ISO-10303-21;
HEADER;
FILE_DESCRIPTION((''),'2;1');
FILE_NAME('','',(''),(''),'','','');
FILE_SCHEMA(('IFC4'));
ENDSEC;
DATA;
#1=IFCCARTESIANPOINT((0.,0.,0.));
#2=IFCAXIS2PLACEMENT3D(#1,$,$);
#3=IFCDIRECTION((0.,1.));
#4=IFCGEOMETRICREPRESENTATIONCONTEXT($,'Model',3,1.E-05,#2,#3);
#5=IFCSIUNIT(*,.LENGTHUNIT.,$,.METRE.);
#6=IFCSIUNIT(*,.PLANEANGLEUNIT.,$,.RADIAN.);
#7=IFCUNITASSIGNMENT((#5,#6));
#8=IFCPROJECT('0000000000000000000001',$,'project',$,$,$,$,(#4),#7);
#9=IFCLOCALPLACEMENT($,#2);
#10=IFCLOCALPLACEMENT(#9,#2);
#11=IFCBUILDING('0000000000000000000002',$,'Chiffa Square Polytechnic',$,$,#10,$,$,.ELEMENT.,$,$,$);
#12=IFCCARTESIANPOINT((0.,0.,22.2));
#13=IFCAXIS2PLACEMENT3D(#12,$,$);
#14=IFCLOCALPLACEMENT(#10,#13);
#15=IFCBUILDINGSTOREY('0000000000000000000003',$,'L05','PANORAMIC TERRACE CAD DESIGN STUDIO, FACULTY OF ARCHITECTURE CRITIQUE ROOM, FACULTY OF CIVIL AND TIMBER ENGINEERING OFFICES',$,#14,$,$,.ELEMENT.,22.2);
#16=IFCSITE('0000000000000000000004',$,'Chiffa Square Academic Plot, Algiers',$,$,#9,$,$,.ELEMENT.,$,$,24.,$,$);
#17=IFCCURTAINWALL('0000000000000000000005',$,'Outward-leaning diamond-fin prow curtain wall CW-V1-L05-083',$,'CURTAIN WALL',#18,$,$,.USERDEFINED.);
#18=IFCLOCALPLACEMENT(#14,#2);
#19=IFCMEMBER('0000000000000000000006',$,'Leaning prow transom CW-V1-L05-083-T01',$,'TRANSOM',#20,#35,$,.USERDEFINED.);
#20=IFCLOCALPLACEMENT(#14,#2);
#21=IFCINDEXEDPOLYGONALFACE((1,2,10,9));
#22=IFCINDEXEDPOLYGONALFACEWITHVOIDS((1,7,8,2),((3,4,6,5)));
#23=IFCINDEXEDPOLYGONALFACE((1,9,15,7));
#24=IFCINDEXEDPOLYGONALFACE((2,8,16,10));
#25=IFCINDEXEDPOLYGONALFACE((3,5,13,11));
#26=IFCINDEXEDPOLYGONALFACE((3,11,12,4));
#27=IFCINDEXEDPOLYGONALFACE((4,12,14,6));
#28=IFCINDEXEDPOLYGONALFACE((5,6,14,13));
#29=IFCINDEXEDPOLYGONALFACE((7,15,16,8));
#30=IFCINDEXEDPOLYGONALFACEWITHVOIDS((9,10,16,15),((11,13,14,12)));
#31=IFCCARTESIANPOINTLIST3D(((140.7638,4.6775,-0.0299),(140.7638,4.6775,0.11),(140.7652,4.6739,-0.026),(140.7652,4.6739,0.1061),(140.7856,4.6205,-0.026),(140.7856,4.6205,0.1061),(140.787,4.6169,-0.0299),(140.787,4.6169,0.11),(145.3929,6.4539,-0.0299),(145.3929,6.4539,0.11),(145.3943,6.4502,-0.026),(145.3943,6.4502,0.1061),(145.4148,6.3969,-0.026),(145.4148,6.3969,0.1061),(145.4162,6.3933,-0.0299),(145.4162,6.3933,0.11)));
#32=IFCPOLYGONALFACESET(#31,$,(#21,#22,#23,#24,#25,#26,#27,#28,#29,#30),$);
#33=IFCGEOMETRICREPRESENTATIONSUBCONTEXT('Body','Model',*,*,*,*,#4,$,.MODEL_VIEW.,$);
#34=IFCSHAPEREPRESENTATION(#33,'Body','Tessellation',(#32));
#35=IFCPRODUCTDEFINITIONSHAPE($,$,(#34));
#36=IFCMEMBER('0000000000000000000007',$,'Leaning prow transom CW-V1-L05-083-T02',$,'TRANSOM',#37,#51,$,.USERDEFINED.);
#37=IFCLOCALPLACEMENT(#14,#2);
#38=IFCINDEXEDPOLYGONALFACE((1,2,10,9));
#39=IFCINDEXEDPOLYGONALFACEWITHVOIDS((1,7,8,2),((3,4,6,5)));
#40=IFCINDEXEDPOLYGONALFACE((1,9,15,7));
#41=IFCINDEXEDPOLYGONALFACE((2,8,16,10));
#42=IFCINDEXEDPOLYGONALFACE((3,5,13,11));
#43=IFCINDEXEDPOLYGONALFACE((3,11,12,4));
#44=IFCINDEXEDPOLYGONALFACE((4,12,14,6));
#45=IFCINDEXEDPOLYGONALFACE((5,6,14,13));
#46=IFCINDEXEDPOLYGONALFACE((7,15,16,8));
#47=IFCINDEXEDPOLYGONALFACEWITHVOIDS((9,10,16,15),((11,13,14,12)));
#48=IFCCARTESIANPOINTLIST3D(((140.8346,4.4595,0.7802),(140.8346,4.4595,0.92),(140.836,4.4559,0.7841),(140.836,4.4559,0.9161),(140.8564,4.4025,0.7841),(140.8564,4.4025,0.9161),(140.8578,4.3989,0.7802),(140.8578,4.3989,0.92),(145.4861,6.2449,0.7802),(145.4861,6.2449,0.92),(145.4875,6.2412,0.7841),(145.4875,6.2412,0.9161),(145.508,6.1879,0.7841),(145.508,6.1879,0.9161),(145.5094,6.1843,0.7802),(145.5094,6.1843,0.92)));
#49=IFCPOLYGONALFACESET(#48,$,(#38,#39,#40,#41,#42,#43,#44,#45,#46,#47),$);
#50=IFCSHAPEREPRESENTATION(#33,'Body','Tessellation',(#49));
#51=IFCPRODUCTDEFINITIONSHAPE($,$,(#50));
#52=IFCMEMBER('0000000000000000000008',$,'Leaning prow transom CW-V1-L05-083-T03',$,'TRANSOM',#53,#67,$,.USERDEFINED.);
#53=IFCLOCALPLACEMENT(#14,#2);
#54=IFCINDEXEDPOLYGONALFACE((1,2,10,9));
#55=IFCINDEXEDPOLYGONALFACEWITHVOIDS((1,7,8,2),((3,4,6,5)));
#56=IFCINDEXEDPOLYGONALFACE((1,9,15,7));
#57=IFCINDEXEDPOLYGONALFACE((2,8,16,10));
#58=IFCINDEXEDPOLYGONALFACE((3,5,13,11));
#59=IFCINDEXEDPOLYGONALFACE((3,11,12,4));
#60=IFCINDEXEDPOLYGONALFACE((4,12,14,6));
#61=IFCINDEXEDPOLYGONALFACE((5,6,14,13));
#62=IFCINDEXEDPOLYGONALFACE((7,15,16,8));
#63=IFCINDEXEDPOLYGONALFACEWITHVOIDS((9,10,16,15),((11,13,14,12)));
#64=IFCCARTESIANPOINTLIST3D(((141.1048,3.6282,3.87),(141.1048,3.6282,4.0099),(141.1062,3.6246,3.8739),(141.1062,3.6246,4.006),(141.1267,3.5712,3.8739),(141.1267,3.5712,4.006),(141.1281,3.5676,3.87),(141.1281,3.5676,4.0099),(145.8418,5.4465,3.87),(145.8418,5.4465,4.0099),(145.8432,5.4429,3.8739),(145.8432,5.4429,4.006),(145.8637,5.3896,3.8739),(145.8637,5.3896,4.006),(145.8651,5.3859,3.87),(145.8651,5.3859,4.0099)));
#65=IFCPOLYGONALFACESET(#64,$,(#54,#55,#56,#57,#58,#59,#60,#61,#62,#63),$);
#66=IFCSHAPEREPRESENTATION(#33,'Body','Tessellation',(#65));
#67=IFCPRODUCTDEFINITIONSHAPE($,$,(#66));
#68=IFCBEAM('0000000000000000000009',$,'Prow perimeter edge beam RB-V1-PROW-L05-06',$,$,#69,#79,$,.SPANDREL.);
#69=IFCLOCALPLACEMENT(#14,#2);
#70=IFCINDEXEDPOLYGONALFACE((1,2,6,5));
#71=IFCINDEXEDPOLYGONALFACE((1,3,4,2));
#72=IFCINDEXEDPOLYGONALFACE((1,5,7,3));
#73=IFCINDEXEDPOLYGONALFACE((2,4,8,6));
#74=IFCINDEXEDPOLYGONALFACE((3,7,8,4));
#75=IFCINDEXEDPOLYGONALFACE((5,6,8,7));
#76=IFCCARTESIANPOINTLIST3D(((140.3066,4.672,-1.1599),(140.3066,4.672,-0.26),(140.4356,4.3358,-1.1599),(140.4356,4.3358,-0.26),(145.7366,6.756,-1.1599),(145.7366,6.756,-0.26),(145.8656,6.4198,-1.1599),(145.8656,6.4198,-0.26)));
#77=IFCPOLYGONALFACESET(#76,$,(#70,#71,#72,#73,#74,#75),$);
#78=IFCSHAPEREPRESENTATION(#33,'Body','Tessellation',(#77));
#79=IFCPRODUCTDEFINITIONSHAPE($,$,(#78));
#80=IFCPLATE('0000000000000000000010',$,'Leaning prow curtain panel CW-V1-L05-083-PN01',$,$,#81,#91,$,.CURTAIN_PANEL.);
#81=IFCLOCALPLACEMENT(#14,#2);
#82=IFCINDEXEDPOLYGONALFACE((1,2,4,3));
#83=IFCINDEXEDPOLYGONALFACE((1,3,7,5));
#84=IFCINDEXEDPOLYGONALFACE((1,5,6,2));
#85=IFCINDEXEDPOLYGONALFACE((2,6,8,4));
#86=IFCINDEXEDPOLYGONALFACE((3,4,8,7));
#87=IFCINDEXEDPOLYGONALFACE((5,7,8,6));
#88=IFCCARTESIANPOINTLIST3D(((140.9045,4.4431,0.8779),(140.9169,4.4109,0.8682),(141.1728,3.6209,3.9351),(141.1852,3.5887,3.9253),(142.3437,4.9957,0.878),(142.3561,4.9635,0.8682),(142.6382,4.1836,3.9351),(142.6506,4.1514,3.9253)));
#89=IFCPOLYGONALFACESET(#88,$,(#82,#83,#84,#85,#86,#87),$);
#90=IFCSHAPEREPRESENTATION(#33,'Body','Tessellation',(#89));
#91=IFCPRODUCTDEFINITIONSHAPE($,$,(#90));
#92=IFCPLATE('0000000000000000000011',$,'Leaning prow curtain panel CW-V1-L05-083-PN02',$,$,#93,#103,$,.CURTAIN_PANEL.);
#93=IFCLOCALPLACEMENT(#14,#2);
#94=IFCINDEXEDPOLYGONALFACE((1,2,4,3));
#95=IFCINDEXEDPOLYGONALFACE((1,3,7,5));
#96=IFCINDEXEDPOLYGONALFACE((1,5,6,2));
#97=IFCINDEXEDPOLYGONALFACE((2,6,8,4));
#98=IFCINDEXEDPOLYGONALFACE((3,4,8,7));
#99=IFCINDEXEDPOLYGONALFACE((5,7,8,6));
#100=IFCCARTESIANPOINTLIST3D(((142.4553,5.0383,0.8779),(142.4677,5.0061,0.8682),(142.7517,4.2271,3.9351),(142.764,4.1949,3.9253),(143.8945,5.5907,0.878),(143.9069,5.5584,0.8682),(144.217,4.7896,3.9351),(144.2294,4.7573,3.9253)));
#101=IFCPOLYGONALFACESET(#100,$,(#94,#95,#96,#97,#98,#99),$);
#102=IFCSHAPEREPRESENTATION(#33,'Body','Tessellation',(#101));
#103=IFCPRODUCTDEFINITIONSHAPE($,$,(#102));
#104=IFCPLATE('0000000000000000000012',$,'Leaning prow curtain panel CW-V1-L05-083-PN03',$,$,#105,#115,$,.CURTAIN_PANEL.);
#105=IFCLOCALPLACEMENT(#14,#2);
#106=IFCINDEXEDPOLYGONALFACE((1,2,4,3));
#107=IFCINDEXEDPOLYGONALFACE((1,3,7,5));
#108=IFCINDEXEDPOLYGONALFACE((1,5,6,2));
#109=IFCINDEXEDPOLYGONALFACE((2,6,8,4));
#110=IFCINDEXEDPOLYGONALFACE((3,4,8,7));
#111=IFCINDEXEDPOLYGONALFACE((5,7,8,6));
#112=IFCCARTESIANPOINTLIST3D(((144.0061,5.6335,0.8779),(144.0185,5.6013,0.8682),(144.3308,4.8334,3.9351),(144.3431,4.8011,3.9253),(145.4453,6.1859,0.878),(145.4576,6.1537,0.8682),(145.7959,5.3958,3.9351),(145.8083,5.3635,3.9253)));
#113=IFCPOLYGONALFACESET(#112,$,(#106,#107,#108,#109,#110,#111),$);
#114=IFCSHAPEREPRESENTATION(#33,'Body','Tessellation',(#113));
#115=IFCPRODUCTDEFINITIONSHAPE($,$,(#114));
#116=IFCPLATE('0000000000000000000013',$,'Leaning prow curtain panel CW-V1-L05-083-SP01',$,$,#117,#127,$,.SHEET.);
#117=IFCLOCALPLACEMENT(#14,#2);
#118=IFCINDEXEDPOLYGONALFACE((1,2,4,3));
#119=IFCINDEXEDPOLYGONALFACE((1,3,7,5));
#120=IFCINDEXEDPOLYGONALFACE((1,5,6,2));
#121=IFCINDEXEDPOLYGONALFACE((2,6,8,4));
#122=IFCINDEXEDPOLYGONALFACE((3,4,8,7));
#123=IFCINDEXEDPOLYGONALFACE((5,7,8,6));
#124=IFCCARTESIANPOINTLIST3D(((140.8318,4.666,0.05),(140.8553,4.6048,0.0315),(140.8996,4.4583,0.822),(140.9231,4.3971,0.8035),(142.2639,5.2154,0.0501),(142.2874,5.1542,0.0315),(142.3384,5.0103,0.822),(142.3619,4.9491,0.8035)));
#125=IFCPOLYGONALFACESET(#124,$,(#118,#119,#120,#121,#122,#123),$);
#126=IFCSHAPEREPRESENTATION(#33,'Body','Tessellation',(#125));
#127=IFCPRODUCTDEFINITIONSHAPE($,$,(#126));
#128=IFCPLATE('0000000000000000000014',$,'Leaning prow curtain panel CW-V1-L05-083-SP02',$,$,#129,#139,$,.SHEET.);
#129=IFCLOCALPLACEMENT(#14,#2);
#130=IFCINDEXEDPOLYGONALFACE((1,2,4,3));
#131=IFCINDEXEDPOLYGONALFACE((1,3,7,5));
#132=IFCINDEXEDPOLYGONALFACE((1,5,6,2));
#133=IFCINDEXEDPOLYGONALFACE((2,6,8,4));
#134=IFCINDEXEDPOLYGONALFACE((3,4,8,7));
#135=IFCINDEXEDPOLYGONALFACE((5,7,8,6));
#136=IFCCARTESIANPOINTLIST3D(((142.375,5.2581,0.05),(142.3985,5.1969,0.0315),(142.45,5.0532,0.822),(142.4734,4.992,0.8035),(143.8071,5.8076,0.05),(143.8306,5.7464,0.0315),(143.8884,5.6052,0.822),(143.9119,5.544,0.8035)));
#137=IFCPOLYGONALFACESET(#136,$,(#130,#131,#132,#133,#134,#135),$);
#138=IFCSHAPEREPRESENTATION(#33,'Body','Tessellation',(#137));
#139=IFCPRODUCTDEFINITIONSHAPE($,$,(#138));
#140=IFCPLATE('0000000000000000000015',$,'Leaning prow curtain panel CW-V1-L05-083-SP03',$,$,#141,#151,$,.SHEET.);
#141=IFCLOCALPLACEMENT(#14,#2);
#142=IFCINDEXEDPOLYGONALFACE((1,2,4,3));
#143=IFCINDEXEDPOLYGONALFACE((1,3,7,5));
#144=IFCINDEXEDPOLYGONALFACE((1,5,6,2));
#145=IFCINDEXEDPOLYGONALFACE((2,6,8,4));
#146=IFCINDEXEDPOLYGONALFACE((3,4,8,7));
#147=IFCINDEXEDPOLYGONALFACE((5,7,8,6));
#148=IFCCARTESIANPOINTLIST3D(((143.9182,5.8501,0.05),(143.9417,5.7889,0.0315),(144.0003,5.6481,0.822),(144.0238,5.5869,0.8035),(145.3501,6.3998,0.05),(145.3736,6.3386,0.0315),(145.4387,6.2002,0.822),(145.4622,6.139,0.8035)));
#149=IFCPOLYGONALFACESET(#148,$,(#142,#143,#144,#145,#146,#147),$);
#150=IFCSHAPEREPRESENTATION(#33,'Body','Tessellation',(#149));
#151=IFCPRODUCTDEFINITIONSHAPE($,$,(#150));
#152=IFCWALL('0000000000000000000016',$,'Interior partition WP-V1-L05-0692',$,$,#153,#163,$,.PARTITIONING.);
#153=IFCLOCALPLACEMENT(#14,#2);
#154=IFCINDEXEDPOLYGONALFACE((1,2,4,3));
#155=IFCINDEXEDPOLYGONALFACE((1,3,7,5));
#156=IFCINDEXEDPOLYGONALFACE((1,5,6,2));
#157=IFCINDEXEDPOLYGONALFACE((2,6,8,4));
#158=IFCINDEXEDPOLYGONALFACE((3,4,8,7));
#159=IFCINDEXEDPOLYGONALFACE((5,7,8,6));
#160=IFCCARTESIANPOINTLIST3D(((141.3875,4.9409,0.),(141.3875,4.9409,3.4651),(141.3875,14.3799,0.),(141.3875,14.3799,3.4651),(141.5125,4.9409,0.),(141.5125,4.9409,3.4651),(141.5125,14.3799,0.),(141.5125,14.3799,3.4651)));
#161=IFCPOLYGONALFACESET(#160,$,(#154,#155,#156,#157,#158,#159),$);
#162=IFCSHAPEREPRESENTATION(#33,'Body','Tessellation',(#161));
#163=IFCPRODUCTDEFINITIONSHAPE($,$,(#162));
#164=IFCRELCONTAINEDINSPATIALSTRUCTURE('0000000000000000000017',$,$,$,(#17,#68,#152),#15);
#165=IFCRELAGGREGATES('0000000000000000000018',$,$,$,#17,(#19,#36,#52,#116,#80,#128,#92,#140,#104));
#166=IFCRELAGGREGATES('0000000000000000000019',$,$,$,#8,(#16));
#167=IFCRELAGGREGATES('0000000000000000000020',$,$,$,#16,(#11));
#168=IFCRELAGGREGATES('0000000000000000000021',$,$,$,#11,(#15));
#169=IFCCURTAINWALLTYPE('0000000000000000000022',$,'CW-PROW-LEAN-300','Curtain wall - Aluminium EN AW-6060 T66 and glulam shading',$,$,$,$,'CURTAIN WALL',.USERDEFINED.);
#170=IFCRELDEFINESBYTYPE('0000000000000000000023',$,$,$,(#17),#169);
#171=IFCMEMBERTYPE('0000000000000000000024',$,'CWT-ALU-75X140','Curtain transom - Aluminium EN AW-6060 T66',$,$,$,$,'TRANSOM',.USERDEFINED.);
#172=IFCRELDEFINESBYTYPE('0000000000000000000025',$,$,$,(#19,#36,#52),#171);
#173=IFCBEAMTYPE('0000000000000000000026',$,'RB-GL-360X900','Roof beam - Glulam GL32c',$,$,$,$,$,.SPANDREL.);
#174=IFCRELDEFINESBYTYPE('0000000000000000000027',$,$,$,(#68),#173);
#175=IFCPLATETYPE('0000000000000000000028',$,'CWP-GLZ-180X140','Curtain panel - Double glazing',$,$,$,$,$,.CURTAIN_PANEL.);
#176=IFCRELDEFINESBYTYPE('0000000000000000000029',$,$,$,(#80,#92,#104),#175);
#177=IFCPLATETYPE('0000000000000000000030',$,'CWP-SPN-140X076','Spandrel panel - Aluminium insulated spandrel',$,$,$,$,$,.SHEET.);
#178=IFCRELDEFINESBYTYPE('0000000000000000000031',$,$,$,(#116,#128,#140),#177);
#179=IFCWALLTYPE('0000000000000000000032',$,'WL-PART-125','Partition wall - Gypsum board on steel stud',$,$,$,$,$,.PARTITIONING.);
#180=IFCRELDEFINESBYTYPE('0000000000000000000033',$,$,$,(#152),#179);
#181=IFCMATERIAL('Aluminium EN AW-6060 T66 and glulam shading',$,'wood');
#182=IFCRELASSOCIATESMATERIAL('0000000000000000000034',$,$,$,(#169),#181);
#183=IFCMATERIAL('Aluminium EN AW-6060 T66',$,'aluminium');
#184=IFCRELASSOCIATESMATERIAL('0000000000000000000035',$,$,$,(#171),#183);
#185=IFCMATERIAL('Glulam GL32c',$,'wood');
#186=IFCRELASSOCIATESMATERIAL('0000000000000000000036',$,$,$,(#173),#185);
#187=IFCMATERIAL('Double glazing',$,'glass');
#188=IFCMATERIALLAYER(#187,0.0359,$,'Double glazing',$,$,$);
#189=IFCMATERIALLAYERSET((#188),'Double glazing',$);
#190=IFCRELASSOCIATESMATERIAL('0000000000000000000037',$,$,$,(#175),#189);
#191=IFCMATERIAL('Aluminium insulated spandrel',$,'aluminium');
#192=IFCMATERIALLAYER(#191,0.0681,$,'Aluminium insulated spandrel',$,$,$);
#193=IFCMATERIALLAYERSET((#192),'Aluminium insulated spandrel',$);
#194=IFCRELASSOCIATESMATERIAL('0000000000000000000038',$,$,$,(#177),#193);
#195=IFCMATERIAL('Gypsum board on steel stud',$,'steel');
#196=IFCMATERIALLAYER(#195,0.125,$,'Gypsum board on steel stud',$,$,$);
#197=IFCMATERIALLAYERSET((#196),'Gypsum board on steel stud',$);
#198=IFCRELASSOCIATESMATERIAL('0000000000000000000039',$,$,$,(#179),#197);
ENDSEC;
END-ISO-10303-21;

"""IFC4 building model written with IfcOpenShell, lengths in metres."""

from ifc_helpers import new_model, si_unit, direction, frame, frame_2d, origin, origin_2d, place, context, subcontext, project, spatial, polyline, rectangle, hollow_rectangle, outline, extrude, material, layer, layer_set, material_profile, profile_set, type_object, element, aggregate, save


model = new_model("IFC4")

# Units and contexts
model_context = context("Model", 3, precision=1e-05, world=origin(), true_north=direction((0.0, 1.0)))
body_context = subcontext(model_context, "Body", "Model", "MODEL_VIEW")
ifc_project = project(units=[si_unit("LENGTHUNIT", "METRE"), si_unit("PLANEANGLEUNIT", "RADIAN")], contexts=[model_context])

# Site, building, storey
site_placement = place(None, origin())
site = spatial("IfcSite", under=ifc_project, at=site_placement, Name="Chiffa Square Academic Plot, Algiers", CompositionType="ELEMENT", RefElevation=24.0)
building_placement = place(site_placement, origin())
building = spatial("IfcBuilding", under=site, at=building_placement, Name="Chiffa Square Polytechnic", CompositionType="ELEMENT")
storey_placement = place(building_placement, frame((0.0, 0.0, 22.2)))
storey = spatial("IfcBuildingStorey", under=building, at=storey_placement, Name="L05", Description="PANORAMIC TERRACE CAD DESIGN STUDIO, FACULTY OF ARCHITECTURE CRITIQUE ROOM, FACULTY OF CIVIL AND TIMBER ENGINEERING OFFICES", CompositionType="ELEMENT", Elevation=22.2)

# Shared definitions
ifc_material_1 = material(Name="Glulam GL32c", Category="wood")

# Curtain wall, members
ifc_material_2 = material(Name="Aluminium EN AW-6060 T66 and glulam shading", Category="wood")
curtain_wall_type = type_object("IfcCurtainWallType", Name="CW-PROW-LEAN-300", Description="Curtain wall - Aluminium EN AW-6060 T66 and glulam shading", ElementType="CURTAIN WALL", PredefinedType="USERDEFINED", material=ifc_material_2)
curtain_wall_placement = place(storey_placement, origin())
curtain_wall = element("IfcCurtainWall", 1, at=curtain_wall_placement, inside=storey, type_object=curtain_wall_type, Name="Outward-leaning diamond-fin prow curtain wall CW-V1-L05-083", ObjectType="CURTAIN WALL", PredefinedType="USERDEFINED")
ifc_material_3 = material(Name="Aluminium EN AW-6060 T66", Category="aluminium")
ifc_material_profile_1 = material_profile(ifc_material_3, hollow_rectangle(XDim=0.0649, YDim=0.1399, WallThickness=0.0039, at=origin_2d()), Name="ALU 65x140x4")
ifc_profile_set_1 = profile_set([ifc_material_profile_1], Name="Aluminium EN AW-6060 T66")
member_type_1 = type_object("IfcMemberType", Name="CWT-ALU-75X140", Description="Curtain transom - Aluminium EN AW-6060 T66", ElementType="TRANSOM", PredefinedType="USERDEFINED", material=ifc_profile_set_1)
member_1_placement = place(storey_placement, frame((140.7754, 4.6472, 0.04), z_axis=(0.933621, 0.358263, 0.0), x_axis=(-0.358263, 0.933621, 0.0)))
member_1 = element("IfcMember", 2, at=member_1_placement, type_object=member_type_1, Name="Leaning prow transom CW-V1-L05-083-T01", ObjectType="TRANSOM", PredefinedType="USERDEFINED", context=body_context, shape_type="SweptSolid", body=[
    extrude(hollow_rectangle(XDim=0.0649, YDim=0.1399, WallThickness=0.0039, at=origin_2d()), origin(), (0.0, 0.0, 1.0), 4.9583),
])
member_2_placement = place(storey_placement, frame((140.8462, 4.4292, 0.8501), z_axis=(0.933593, 0.358335, 0.0), x_axis=(-0.358335, 0.933593, 0.0)))
member_2 = element("IfcMember", 3, at=member_2_placement, type_object=member_type_1, Name="Leaning prow transom CW-V1-L05-083-T02", ObjectType="TRANSOM", PredefinedType="USERDEFINED", context=body_context, shape_type="SweptSolid", body=[
    extrude(hollow_rectangle(XDim=0.0649, YDim=0.1399, WallThickness=0.0039, at=origin_2d()), origin(), (0.0, 0.0, 1.0), 4.9824),
])
member_3_placement = place(storey_placement, frame((141.1165, 3.5979, 3.9399), z_axis=(0.933582, 0.358363, 0.0), x_axis=(-0.358363, 0.933582, 0.0)))
member_3 = element("IfcMember", 4, at=member_3_placement, type_object=member_type_1, Name="Leaning prow transom CW-V1-L05-083-T03", ObjectType="TRANSOM", PredefinedType="USERDEFINED", context=body_context, shape_type="SweptSolid", body=[
    extrude(hollow_rectangle(XDim=0.0649, YDim=0.1399, WallThickness=0.0039, at=origin_2d()), origin(), (0.0, 0.0, 1.0), 5.074),
])

# Beam
ifc_material_profile_2 = material_profile(ifc_material_1, rectangle(XDim=0.3601, YDim=0.8999, at=origin_2d()), Name="GL32c 360x900")
ifc_profile_set_2 = profile_set([ifc_material_profile_2], Name="Glulam GL32c")
beam_type = type_object("IfcBeamType", Name="RB-GL-360X900", Description="Roof beam - Glulam GL32c", PredefinedType="SPANDREL", material=ifc_profile_set_2)
beam_placement = place(storey_placement, frame((140.3711, 4.5039, -0.71), z_axis=(0.933602, 0.358312, 0.0), x_axis=(-0.358312, 0.933602, 0.0)))
element("IfcBeam", 5, at=beam_placement, inside=storey, type_object=beam_type, Name="Prow perimeter edge beam RB-V1-PROW-L05-06", PredefinedType="SPANDREL", context=body_context, shape_type="SweptSolid", body=[
    extrude(rectangle(XDim=0.3601, YDim=0.8999, at=origin_2d()), origin(), (0.0, 0.0, 1.0), 5.8162),
])

# Plates
ifc_material_4 = material(Name="Double glazing", Category="glass")
ifc_layer_1 = layer(ifc_material_4, 0.0359, Name="Double glazing")
ifc_layer_set_1 = layer_set([ifc_layer_1], Name="Double glazing")
plate_type_1 = type_object("IfcPlateType", Name="CWP-GLZ-180X140", Description="Curtain panel - Double glazing", PredefinedType="CURTAIN_PANEL", material=ifc_layer_set_1)
plate_1_placement = place(storey_placement, frame((140.9045, 4.4431, 0.8779), z_axis=(-0.344946, 0.898385, 0.271877), x_axis=(0.933552, 0.358443, 0.000018)))
plate_1 = element("IfcPlate", 6, at=plate_1_placement, type_object=plate_type_1, Name="Leaning prow curtain panel CW-V1-L05-083-PN01", PredefinedType="CURTAIN_PANEL", context=body_context, shape_type="SweptSolid", body=[
    extrude(outline(polyline([(0.0, 0.0), (1.5416, 0.0), (1.5255, -3.1768), (-0.0442, -3.1768), (0.0, 0.0)])), origin(), (0.0, 0.0, -1.0), 0.0359),
])
plate_2_placement = place(storey_placement, frame((142.4553, 5.0383, 0.8779), z_axis=(-0.34482, 0.89845, 0.271821), x_axis=(0.933604, 0.358306, 0.000018)))
plate_2 = element("IfcPlate", 7, at=plate_2_placement, type_object=plate_type_1, Name="Leaning prow curtain panel CW-V1-L05-083-PN02", PredefinedType="CURTAIN_PANEL", context=body_context, shape_type="SweptSolid", body=[
    extrude(outline(polyline([(0.0, 0.0), (1.5415, 0.0), (1.5557, -3.1767), (-0.0139, -3.1768), (0.0, 0.0)])), origin(), (0.0, 0.0, -1.0), 0.0359),
])
plate_3_placement = place(storey_placement, frame((144.0061, 5.6335, 0.8779), z_axis=(-0.34485, 0.898452, 0.271777), x_axis=(0.933595, 0.358331, 0.000025)))
plate_3 = element("IfcPlate", 8, at=plate_3_placement, type_object=plate_type_1, Name="Leaning prow curtain panel CW-V1-L05-083-PN03", PredefinedType="CURTAIN_PANEL", context=body_context, shape_type="SweptSolid", body=[
    extrude(outline(polyline([(0.0, 0.0), (1.5415, 0.0), (1.5858, -3.1767), (0.0165, -3.1767), (0.0, 0.0)])), origin(), (0.0, 0.0, -1.0), 0.0359),
])
ifc_material_5 = material(Name="Aluminium insulated spandrel", Category="aluminium")
ifc_layer_2 = layer(ifc_material_5, 0.0681, Name="Aluminium insulated spandrel")
ifc_layer_set_2 = layer_set([ifc_layer_2], Name="Aluminium insulated spandrel")
plate_type_2 = type_object("IfcPlateType", Name="CWP-SPN-140X076", Description="Spandrel panel - Aluminium insulated spandrel", PredefinedType="SHEET", material=ifc_layer_set_2)
plate_4_placement = place(storey_placement, frame((140.8318, 4.666, 0.05), z_axis=(-0.344665, 0.898451, 0.272015), x_axis=(0.933658, 0.358167, 0.000012)))
plate_4 = element("IfcPlate", 9, at=plate_4_placement, type_object=plate_type_2, Name="Leaning prow curtain panel CW-V1-L05-083-SP01", PredefinedType="SHEET", context=body_context, shape_type="SweptSolid", body=[
    extrude(outline(polyline([(0.0, 0.0), (1.5339, 0.0), (1.5299, -0.8022), (-0.011, -0.8022), (0.0, 0.0)])), origin(), (0.0, 0.0, -1.0), 0.0681),
])
plate_5_placement = place(storey_placement, frame((142.375, 5.2581, 0.05), z_axis=(-0.344772, 0.898455, 0.271865), x_axis=(0.93362, 0.358266, 0.0)))
plate_5 = element("IfcPlate", 10, at=plate_5_placement, type_object=plate_type_2, Name="Leaning prow curtain panel CW-V1-L05-083-SP02", PredefinedType="SHEET", context=body_context, shape_type="SweptSolid", body=[
    extrude(outline(polyline([(0.0, 0.0), (1.534, 0.0), (1.5373, -0.8022), (-0.0034, -0.8022), (0.0, 0.0)])), origin(), (0.0, 0.0, -1.0), 0.0681),
])
plate_6_placement = place(storey_placement, frame((143.9182, 5.8501, 0.05), z_axis=(-0.344869, 0.898432, 0.271819), x_axis=(0.93358, 0.358369, -0.000027)))
plate_6 = element("IfcPlate", 11, at=plate_6_placement, type_object=plate_type_2, Name="Leaning prow curtain panel CW-V1-L05-083-SP03", PredefinedType="SHEET", context=body_context, shape_type="SweptSolid", body=[
    extrude(outline(polyline([(0.0, 0.0), (1.5338, 0.0), (1.545, -0.8022), (0.0042, -0.8021), (0.0, 0.0)])), origin(), (0.0, 0.0, -1.0), 0.0681),
])
aggregate(curtain_wall, [member_1, member_2, member_3, plate_4, plate_1, plate_5, plate_2, plate_6, plate_3])

# Wall
ifc_material_6 = material(Name="Gypsum board on steel stud", Category="steel")
ifc_layer_3 = layer(ifc_material_6, 0.125, Name="Gypsum board on steel stud")
ifc_layer_set_3 = layer_set([ifc_layer_3], Name="Gypsum board on steel stud")
wall_type = type_object("IfcWallType", Name="WL-PART-125", Description="Partition wall - Gypsum board on steel stud", PredefinedType="PARTITIONING", material=ifc_layer_set_3)
wall_placement = place(storey_placement, frame((141.45, 4.9409, 0.0), z_axis=(0.0, 0.0, 1.0), x_axis=(0.0, 1.0, 0.0)))
element("IfcWall", 12, at=wall_placement, inside=storey, type_object=wall_type, Name="Interior partition WP-V1-L05-0692", PredefinedType="PARTITIONING", context=body_context, shape_type="SweptSolid", body=[
    extrude(rectangle(XDim=9.439, YDim=0.125, at=frame_2d((4.7195, 0.0))), origin(), (0.0, 0.0, 1.0), 3.4651),
])

save(model, "model.ifc")
